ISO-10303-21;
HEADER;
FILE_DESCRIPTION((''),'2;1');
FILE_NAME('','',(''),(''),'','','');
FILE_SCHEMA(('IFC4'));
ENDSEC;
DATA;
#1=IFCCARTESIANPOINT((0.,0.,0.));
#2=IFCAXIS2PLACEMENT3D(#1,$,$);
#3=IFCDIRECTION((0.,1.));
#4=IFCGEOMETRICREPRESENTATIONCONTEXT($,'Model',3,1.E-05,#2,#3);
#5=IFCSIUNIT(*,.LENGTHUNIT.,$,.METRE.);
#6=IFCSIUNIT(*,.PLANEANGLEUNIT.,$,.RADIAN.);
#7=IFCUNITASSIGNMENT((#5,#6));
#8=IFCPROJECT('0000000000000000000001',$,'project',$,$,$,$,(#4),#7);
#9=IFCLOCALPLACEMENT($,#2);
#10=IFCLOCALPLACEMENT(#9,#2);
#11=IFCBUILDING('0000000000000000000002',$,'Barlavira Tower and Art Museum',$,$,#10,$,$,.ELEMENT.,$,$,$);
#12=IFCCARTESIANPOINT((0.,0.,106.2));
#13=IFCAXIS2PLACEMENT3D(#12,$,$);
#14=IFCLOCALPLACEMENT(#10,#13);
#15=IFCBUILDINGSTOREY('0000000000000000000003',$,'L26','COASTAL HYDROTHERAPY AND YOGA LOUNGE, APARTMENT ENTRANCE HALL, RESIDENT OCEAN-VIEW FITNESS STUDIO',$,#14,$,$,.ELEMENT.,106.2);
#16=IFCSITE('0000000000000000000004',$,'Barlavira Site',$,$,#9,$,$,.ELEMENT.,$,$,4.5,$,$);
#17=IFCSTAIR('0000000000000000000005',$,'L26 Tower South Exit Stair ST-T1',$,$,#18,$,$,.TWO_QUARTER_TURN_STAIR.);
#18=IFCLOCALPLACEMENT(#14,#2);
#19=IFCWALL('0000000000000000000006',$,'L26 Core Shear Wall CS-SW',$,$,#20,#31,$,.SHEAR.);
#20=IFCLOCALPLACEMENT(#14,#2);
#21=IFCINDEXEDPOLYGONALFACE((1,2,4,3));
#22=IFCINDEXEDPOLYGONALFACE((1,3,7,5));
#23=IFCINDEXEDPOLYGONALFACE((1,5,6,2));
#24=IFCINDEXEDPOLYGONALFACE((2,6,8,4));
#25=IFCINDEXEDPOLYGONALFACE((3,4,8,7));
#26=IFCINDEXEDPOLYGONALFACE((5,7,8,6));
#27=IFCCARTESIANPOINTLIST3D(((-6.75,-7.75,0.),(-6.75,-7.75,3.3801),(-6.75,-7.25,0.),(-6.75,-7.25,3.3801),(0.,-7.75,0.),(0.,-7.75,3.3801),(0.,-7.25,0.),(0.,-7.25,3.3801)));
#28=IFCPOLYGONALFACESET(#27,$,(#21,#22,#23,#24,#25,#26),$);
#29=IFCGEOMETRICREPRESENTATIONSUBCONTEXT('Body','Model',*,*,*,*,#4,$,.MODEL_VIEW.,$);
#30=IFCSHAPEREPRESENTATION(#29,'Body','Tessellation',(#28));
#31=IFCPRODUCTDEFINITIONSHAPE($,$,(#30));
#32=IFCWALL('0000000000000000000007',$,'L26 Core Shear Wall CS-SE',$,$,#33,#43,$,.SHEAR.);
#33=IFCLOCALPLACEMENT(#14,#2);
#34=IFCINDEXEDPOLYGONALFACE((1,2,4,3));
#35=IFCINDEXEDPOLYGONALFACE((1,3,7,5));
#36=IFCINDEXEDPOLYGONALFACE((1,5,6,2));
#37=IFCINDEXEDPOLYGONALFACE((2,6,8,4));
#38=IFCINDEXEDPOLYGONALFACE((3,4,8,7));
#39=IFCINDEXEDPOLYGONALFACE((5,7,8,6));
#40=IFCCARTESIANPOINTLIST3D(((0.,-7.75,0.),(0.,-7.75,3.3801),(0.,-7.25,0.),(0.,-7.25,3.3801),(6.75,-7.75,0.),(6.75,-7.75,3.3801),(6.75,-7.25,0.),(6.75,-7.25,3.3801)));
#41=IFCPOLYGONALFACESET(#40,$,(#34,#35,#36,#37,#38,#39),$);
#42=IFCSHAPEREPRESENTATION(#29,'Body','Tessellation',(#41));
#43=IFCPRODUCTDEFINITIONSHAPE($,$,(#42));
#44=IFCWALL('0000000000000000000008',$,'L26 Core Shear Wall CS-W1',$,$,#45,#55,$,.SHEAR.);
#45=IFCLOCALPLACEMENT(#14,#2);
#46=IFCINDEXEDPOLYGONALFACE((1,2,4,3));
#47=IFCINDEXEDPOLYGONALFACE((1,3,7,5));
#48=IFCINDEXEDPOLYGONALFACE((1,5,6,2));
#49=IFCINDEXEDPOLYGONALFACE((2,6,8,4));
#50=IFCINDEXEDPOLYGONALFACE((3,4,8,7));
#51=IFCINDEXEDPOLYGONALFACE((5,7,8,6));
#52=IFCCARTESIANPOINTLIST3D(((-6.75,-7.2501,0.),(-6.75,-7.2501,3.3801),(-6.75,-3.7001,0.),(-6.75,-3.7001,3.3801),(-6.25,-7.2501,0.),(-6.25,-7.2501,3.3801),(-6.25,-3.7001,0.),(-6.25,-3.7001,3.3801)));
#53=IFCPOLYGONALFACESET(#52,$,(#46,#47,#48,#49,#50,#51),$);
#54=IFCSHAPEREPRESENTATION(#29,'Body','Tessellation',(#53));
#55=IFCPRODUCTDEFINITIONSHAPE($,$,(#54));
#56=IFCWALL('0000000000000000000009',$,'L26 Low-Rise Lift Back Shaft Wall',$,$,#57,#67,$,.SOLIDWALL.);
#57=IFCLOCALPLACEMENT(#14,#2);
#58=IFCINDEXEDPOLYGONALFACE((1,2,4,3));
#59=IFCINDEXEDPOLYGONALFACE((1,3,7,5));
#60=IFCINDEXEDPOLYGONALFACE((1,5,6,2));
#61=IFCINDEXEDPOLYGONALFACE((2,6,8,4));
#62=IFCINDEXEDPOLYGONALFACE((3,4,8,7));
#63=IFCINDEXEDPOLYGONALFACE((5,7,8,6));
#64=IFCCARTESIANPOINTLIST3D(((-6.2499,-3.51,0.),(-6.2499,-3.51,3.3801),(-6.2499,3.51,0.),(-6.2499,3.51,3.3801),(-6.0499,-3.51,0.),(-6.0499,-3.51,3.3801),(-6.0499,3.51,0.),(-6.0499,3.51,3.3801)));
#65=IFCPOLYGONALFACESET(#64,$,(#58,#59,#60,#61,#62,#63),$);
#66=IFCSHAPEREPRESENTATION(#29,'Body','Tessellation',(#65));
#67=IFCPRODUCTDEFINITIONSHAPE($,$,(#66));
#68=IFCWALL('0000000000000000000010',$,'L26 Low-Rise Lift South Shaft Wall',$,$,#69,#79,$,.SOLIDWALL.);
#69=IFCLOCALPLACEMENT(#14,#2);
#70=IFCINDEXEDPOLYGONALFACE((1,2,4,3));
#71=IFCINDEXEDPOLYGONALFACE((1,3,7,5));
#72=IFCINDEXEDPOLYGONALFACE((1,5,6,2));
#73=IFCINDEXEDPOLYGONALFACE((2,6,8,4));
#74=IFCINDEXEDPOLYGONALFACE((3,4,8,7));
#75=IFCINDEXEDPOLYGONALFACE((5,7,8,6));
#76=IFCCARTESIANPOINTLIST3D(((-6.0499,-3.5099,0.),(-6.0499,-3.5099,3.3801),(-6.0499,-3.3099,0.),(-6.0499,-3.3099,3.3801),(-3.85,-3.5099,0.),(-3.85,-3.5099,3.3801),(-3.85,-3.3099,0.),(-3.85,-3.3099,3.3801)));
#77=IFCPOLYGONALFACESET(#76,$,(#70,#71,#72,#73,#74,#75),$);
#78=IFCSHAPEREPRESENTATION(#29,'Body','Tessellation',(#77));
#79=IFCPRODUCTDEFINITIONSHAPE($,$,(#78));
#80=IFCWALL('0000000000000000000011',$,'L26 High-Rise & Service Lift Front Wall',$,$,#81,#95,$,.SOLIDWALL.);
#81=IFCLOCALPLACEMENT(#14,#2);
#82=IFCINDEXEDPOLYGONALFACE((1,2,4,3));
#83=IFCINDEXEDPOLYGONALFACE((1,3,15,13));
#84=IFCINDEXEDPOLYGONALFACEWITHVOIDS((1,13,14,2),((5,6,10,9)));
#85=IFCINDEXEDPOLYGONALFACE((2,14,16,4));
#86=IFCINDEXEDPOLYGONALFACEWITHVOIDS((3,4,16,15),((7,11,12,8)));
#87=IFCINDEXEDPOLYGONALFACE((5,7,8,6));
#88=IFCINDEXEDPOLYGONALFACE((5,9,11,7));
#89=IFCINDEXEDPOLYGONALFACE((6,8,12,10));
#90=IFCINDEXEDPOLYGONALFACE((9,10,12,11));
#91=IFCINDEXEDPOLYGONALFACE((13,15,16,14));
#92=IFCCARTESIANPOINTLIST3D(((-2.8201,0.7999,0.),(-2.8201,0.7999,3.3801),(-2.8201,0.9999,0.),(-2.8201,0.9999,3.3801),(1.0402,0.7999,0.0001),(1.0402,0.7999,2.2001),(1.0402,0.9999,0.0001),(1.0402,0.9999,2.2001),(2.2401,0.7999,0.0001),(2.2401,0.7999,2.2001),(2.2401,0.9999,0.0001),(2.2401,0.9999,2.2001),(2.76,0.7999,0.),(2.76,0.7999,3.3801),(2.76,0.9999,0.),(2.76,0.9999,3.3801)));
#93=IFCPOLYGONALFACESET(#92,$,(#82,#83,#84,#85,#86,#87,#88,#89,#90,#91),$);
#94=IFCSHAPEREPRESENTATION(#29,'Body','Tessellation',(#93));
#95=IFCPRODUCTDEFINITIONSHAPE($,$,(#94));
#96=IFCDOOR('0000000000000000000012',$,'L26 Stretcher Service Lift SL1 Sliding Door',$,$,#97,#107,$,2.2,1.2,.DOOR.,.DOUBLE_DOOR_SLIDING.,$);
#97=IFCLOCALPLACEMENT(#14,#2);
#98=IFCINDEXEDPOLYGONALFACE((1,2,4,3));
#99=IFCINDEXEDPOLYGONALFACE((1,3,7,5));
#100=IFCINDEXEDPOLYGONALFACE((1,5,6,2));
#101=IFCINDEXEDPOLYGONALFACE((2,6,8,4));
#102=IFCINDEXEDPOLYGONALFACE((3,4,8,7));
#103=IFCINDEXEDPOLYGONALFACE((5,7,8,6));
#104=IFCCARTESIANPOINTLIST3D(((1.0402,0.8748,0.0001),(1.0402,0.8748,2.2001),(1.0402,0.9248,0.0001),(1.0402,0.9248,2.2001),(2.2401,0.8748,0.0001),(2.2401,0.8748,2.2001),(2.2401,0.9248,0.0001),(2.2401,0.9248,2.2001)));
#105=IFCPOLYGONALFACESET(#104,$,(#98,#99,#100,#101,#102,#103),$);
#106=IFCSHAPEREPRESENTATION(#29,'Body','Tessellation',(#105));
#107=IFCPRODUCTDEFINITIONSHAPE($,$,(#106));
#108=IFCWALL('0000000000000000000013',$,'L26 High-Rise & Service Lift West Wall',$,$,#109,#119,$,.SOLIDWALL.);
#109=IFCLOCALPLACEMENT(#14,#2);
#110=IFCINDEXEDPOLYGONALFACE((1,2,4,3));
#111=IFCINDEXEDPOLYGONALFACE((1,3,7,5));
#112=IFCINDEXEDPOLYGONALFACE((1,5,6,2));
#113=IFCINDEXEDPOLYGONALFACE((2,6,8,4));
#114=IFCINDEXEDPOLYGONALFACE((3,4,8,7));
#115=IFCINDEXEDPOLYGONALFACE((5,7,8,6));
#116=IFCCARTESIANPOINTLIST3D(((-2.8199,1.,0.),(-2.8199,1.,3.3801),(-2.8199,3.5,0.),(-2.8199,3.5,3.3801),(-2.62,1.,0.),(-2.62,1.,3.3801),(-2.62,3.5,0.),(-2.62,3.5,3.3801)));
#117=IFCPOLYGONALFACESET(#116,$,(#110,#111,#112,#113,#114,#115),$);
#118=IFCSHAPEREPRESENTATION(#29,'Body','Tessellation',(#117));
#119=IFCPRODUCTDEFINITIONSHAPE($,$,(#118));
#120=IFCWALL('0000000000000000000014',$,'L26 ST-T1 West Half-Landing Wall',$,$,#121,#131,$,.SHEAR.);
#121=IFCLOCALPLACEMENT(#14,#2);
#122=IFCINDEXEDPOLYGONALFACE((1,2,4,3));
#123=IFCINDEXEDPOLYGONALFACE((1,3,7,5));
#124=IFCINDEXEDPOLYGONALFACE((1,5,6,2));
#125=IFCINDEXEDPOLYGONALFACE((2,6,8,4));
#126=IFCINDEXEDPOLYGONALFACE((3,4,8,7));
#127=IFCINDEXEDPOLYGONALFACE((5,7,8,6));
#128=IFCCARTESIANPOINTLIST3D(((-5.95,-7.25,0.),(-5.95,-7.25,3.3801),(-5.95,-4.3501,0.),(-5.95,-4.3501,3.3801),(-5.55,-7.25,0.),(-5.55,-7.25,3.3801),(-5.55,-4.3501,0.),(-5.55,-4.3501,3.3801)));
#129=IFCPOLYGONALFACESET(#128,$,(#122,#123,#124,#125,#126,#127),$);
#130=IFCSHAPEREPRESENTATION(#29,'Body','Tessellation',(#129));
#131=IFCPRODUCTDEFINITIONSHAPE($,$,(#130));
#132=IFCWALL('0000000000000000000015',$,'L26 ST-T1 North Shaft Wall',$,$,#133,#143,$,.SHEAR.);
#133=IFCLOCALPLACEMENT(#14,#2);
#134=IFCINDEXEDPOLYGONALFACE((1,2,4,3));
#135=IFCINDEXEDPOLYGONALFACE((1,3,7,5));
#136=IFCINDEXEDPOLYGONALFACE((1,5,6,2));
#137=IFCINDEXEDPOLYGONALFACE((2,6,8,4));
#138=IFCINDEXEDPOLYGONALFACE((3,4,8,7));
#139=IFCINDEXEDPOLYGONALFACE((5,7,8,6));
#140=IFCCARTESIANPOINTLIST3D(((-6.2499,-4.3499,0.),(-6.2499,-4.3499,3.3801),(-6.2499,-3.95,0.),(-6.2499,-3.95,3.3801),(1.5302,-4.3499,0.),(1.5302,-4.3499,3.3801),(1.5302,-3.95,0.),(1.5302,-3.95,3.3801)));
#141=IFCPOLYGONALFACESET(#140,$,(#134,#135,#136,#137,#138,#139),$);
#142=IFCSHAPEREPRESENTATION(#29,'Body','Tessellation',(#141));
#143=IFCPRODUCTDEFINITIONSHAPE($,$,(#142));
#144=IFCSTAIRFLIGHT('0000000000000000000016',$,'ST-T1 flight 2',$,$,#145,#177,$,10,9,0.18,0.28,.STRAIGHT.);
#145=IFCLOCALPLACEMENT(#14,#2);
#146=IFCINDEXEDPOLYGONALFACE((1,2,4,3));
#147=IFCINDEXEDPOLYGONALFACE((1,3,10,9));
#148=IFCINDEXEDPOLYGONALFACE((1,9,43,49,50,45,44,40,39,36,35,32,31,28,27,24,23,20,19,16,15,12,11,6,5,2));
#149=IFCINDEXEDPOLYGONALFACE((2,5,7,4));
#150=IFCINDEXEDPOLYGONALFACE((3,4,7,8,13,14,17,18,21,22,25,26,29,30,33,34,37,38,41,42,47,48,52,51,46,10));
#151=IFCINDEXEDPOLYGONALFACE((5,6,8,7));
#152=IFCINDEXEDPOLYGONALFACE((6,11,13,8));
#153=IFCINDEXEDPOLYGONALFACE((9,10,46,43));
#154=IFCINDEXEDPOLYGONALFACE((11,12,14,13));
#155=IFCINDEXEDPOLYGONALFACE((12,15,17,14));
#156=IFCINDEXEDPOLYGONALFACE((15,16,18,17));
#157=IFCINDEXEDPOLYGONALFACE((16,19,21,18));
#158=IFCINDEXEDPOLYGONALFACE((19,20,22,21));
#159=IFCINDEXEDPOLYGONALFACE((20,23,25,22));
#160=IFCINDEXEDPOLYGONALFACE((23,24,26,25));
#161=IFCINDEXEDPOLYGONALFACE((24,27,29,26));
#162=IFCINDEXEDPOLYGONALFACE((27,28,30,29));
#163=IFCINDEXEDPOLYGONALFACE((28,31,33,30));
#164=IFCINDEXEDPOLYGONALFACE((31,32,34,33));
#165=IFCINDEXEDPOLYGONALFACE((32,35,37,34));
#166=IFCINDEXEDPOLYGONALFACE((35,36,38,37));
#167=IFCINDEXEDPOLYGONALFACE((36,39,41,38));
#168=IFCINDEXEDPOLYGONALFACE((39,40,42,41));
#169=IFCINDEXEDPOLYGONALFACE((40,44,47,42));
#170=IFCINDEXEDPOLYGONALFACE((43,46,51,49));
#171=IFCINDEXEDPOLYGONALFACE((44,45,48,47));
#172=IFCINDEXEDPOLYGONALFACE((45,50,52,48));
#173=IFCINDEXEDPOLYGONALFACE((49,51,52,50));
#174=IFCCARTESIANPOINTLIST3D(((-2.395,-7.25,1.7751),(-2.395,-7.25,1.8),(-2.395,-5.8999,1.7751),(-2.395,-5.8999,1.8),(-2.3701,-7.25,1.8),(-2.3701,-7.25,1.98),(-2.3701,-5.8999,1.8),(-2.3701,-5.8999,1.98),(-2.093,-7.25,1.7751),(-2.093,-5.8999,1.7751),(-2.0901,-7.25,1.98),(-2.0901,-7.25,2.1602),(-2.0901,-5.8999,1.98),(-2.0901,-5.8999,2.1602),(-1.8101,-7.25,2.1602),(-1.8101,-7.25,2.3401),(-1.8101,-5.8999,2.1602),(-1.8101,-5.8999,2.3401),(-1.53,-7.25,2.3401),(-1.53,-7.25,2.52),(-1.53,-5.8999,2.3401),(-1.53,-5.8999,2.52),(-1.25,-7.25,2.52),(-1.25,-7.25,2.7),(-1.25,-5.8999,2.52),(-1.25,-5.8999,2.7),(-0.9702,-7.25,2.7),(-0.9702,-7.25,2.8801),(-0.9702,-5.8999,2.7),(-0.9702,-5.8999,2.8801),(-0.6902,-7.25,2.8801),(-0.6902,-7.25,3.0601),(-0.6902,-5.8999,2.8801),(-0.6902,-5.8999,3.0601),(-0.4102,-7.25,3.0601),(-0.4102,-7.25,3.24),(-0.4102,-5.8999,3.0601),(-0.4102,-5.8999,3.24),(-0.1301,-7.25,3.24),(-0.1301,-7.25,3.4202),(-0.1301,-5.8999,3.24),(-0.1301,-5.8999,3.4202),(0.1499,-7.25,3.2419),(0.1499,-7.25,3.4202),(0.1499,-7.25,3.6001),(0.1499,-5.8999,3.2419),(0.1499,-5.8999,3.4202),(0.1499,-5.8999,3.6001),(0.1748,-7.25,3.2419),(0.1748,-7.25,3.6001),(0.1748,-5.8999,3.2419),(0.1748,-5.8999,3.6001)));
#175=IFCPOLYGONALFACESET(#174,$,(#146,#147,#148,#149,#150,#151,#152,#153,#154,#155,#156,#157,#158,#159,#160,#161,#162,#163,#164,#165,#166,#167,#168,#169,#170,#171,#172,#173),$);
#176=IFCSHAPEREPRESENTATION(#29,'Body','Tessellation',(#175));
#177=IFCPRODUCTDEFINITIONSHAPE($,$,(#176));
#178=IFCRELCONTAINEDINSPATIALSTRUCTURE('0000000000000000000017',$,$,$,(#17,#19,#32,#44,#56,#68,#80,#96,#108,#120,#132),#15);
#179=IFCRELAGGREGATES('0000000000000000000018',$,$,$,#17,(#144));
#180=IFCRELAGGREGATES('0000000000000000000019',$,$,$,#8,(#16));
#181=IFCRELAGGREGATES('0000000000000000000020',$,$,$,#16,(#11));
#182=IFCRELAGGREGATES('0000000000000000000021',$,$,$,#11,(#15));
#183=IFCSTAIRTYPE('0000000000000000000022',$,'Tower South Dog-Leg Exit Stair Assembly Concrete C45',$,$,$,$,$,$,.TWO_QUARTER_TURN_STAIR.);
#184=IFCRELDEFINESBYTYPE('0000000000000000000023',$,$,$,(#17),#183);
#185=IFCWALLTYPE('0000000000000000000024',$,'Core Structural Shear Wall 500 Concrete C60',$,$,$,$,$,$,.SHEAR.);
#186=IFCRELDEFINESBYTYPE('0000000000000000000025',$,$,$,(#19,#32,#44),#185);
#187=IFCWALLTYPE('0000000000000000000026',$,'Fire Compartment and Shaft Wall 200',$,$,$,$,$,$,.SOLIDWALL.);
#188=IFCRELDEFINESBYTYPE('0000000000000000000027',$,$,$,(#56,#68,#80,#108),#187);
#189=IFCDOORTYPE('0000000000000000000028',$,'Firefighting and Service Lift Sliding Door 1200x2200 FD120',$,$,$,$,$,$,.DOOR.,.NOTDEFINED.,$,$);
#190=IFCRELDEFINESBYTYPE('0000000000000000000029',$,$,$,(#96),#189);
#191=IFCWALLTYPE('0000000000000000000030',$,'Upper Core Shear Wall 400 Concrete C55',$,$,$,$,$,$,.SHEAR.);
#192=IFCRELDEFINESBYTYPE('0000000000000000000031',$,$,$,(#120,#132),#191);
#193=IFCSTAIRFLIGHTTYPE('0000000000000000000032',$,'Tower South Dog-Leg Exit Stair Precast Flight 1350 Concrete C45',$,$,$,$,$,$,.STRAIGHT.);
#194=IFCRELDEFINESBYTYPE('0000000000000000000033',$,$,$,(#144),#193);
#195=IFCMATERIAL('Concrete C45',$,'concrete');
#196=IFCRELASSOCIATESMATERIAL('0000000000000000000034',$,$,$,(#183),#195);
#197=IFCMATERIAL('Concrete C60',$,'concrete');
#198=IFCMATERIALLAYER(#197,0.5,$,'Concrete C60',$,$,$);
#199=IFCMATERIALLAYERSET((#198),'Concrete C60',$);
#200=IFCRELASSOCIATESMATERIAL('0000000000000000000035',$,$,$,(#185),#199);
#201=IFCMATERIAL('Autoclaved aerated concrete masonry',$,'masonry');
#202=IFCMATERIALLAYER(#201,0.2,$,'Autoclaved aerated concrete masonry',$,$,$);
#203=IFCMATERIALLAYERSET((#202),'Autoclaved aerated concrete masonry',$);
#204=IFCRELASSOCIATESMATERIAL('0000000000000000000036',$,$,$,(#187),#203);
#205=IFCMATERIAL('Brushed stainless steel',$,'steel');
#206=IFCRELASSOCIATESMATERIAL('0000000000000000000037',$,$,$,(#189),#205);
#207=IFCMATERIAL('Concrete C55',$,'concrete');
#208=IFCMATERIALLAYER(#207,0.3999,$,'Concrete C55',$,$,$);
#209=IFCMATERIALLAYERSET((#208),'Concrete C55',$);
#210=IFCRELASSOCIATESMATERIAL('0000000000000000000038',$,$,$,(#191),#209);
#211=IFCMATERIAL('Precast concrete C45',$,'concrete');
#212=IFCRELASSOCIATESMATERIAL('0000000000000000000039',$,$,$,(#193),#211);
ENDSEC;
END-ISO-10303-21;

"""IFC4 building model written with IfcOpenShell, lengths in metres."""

from ifc_helpers import new_model, si_unit, direction, frame, frame_2d, origin, place, context, subcontext, project, spatial, polyline, rectangle, outline, extrude, material, layer, layer_set, type_object, element, fill, aggregate, save


model = new_model("IFC4")

# Units and contexts
model_context = context("Model", 3, precision=1e-05, world=origin(), true_north=direction((0.0, 1.0)))
body_context = subcontext(model_context, "Body", "Model", "MODEL_VIEW")
ifc_project = project(units=[si_unit("LENGTHUNIT", "METRE"), si_unit("PLANEANGLEUNIT", "RADIAN")], contexts=[model_context])

# Site, building, storey
site_placement = place(None, origin())
site = spatial("IfcSite", under=ifc_project, at=site_placement, Name="Barlavira Site", CompositionType="ELEMENT", RefElevation=4.5)
building_placement = place(site_placement, origin())
building = spatial("IfcBuilding", under=site, at=building_placement, Name="Barlavira Tower and Art Museum", CompositionType="ELEMENT")
storey_placement = place(building_placement, frame((0.0, 0.0, 106.2)))
storey = spatial("IfcBuildingStorey", under=building, at=storey_placement, Name="L26", Description="COASTAL HYDROTHERAPY AND YOGA LOUNGE, APARTMENT ENTRANCE HALL, RESIDENT OCEAN-VIEW FITNESS STUDIO", CompositionType="ELEMENT", Elevation=106.2)

# Stair
ifc_material_1 = material(Name="Concrete C45", Category="concrete")
stair_type_1 = type_object("IfcStairType", Name="Tower South Dog-Leg Exit Stair Assembly Concrete C45", PredefinedType="TWO_QUARTER_TURN_STAIR", material=ifc_material_1)
stair_1_placement = place(storey_placement, origin())
stair_1 = element("IfcStair", 1, at=stair_1_placement, inside=storey, type_object=stair_type_1, Name="L26 Tower South Exit Stair ST-T1", PredefinedType="TWO_QUARTER_TURN_STAIR")

# Walls
ifc_material_2 = material(Name="Concrete C60", Category="concrete")
ifc_layer_1 = layer(ifc_material_2, 0.5, Name="Concrete C60")
ifc_layer_set_1 = layer_set([ifc_layer_1], Name="Concrete C60")
wall_type_1 = type_object("IfcWallType", Name="Core Structural Shear Wall 500 Concrete C60", PredefinedType="SHEAR", material=ifc_layer_set_1)
for number, where, z_axis, x_axis, name in (
    (2, (-6.75, -7.5, 0.0), (0.0, 0.0, 1.0), (1.0, 0.0, 0.0), "L26 Core Shear Wall CS-SW"),
    (3, (0.0, -7.5, 0.0), (0.0, 0.0, 1.0), (1.0, 0.0, 0.0), "L26 Core Shear Wall CS-SE"),
):
    element("IfcWall", number, at=place(storey_placement, frame(where, z_axis=z_axis, x_axis=x_axis)), inside=storey, type_object=wall_type_1, Name=name, PredefinedType="SHEAR", context=body_context, shape_type="SweptSolid", body=[
        extrude(rectangle(XDim=6.75, YDim=0.5, at=frame_2d((3.375, 0.0))), origin(), (0.0, 0.0, 1.0), 3.3801),
    ])
wall_1_placement = place(storey_placement, frame((-6.5, -7.25, 0.0), z_axis=(0.0, 0.0, 1.0), x_axis=(0.0, 1.0, 0.0)))
element("IfcWall", 4, at=wall_1_placement, inside=storey, type_object=wall_type_1, Name="L26 Core Shear Wall CS-W1", PredefinedType="SHEAR", context=body_context, shape_type="SweptSolid", body=[
    extrude(rectangle(XDim=3.55, YDim=0.5, at=frame_2d((1.7749, 0.0))), origin(), (0.0, 0.0, 1.0), 3.3801),
])

# Shared definitions
ifc_material_3 = material(Name="Autoclaved aerated concrete masonry", Category="masonry")
ifc_layer_2 = layer(ifc_material_3, 0.2, Name="Autoclaved aerated concrete masonry")
ifc_layer_set_2 = layer_set([ifc_layer_2], Name="Autoclaved aerated concrete masonry")
wall_type_2 = type_object("IfcWallType", Name="Fire Compartment and Shaft Wall 200", PredefinedType="SOLIDWALL", material=ifc_layer_set_2)
ifc_material_4 = material(Name="Brushed stainless steel", Category="steel")

# Walls
wall_2_placement = place(storey_placement, frame((-6.1499, -3.51, 0.0), z_axis=(0.0, 0.0, 1.0), x_axis=(0.0, 1.0, 0.0)))
element("IfcWall", 5, at=wall_2_placement, inside=storey, type_object=wall_type_2, Name="L26 Low-Rise Lift Back Shaft Wall", PredefinedType="SOLIDWALL", context=body_context, shape_type="SweptSolid", body=[
    extrude(rectangle(XDim=7.02, YDim=0.2, at=frame_2d((3.51, 0.0))), origin(), (0.0, 0.0, 1.0), 3.3801),
])
wall_3_placement = place(storey_placement, frame((-6.05, -3.4099, 0.0), z_axis=(0.0, 0.0, 1.0), x_axis=(1.0, 0.0, 0.0)))
element("IfcWall", 6, at=wall_3_placement, inside=storey, type_object=wall_type_2, Name="L26 Low-Rise Lift South Shaft Wall", PredefinedType="SOLIDWALL", context=body_context, shape_type="SweptSolid", body=[
    extrude(rectangle(XDim=2.2, YDim=0.2, at=frame_2d((1.1001, 0.0))), origin(), (0.0, 0.0, 1.0), 3.3801),
])

# Wall, opening, door
wall_4_placement = place(storey_placement, frame((-2.8201, 0.8999, 0.0), z_axis=(0.0, 0.0, 1.0), x_axis=(1.0, 0.0, 0.0)))
wall_4 = element("IfcWall", 7, at=wall_4_placement, inside=storey, type_object=wall_type_2, Name="L26 High-Rise & Service Lift Front Wall", PredefinedType="SOLIDWALL", context=body_context, shape_type="SweptSolid", body=[
    extrude(rectangle(XDim=5.5801, YDim=0.2, at=frame_2d((2.79, 0.0))), origin(), (0.0, 0.0, 1.0), 3.3801),
])
opening_1_placement = place(wall_4_placement, frame((3.8601, 0.0, 0.0)))
opening_1 = element("IfcOpeningElement", 8, at=opening_1_placement, cuts=wall_4, PredefinedType="OPENING", context=body_context, shape_type="SweptSolid", body=[
    extrude(rectangle(XDim=1.2, YDim=2.2, at=frame_2d((0.6001, 1.1001))), frame((0.0, 0.1099, 0.0), z_axis=(0.0, -1.0, 0.0), x_axis=(1.0, 0.0, 0.0)), (0.0, 0.0, 1.0), 0.22),
])
door_type_1 = type_object("IfcDoorType", Name="Firefighting and Service Lift Sliding Door 1200x2200 FD120", OperationType="NOTDEFINED", PredefinedType="DOOR", material=ifc_material_4)
door_1_placement = place(opening_1_placement, origin())
door_1 = element("IfcDoor", 9, at=door_1_placement, inside=storey, type_object=door_type_1, Name="L26 Stretcher Service Lift SL1 Sliding Door", OperationType="DOUBLE_DOOR_SLIDING", OverallHeight=2.2, OverallWidth=1.2, PredefinedType="DOOR", context=body_context, shape_type="SweptSolid", body=[
    extrude(rectangle(XDim=1.2, YDim=2.2, at=frame_2d((0.6001, 1.1001))), frame((0.0, 0.0249, 0.0), z_axis=(0.0, -1.0, 0.0), x_axis=(1.0, 0.0, 0.0)), (0.0, 0.0, 1.0), 0.05),
])
fill(opening_1, door_1)

# Walls
wall_5_placement = place(storey_placement, frame((-2.72, 1.0, 0.0), z_axis=(0.0, 0.0, 1.0), x_axis=(0.0, 1.0, 0.0)))
element("IfcWall", 10, at=wall_5_placement, inside=storey, type_object=wall_type_2, Name="L26 High-Rise & Service Lift West Wall", PredefinedType="SOLIDWALL", context=body_context, shape_type="SweptSolid", body=[
    extrude(rectangle(XDim=2.5, YDim=0.2, at=frame_2d((1.25, 0.0))), origin(), (0.0, 0.0, 1.0), 3.3801),
])
ifc_material_5 = material(Name="Concrete C55", Category="concrete")
ifc_layer_3 = layer(ifc_material_5, 0.3999, Name="Concrete C55")
ifc_layer_set_3 = layer_set([ifc_layer_3], Name="Concrete C55")
wall_type_3 = type_object("IfcWallType", Name="Upper Core Shear Wall 400 Concrete C55", PredefinedType="SHEAR", material=ifc_layer_set_3)
wall_6_placement = place(storey_placement, frame((-5.75, -7.25, 0.0), z_axis=(0.0, 0.0, 1.0), x_axis=(0.0, 1.0, 0.0)))
element("IfcWall", 11, at=wall_6_placement, inside=storey, type_object=wall_type_3, Name="L26 ST-T1 West Half-Landing Wall", PredefinedType="SHEAR", context=body_context, shape_type="SweptSolid", body=[
    extrude(rectangle(XDim=2.8999, YDim=0.3999, at=frame_2d((1.45, 0.0))), origin(), (0.0, 0.0, 1.0), 3.3801),
])
wall_7_placement = place(storey_placement, frame((-6.25, -4.1499, 0.0), z_axis=(0.0, 0.0, 1.0), x_axis=(1.0, 0.0, 0.0)))
element("IfcWall", 12, at=wall_7_placement, inside=storey, type_object=wall_type_3, Name="L26 ST-T1 North Shaft Wall", PredefinedType="SHEAR", context=body_context, shape_type="SweptSolid", body=[
    extrude(rectangle(XDim=7.78, YDim=0.3999, at=frame_2d((3.8901, 0.0))), origin(), (0.0, 0.0, 1.0), 3.3801),
])

# Stair flight
ifc_material_6 = material(Name="Precast concrete C45", Category="concrete")
stair_flight_type = type_object("IfcStairFlightType", Name="Tower South Dog-Leg Exit Stair Precast Flight 1350 Concrete C45", PredefinedType="STRAIGHT", material=ifc_material_6)
stair_flight_placement = place(storey_placement, frame((-2.3701, -6.575, 1.8), z_axis=(0.0, 0.0, 1.0), x_axis=(1.0, 0.0, 0.0)))
stair_flight = element("IfcStairFlight", 13, at=stair_flight_placement, type_object=stair_flight_type, Name="ST-T1 flight 2", NumberOfRisers=10, NumberOfTreads=9, PredefinedType="STRAIGHT", RiserHeight=0.18, TreadLength=0.28, context=body_context, shape_type="SweptSolid", body=[
    extrude(outline(polyline([(-0.0249, 0.0), (0.0, 0.0), (0.0, 0.1799), (0.28, 0.1799), (0.28, 0.3601), (0.5601, 0.3601), (0.5601, 0.54), (0.8401, 0.54), (0.8401, 0.72), (1.1201, 0.72), (1.1201, 0.8999), (1.3999, 0.8999), (1.3999, 1.0801), (1.6799, 1.0801), (1.6799, 1.26), (1.96, 1.26), (1.96, 1.4399), (2.24, 1.4399), (2.24, 1.6201), (2.52, 1.6201), (2.52, 1.8), (2.5449, 1.8), (2.5449, 1.4419), (2.52, 1.4419), (0.2771, -0.0249), (-0.0249, -0.0249), (-0.0249, 0.0)])), frame((0.0, 0.675, 0.0), z_axis=(0.0, -1.0, 0.0), x_axis=(1.0, 0.0, 0.0)), (0.0, 0.0, 1.0), 1.3501),
])
aggregate(stair_1, [stair_flight])

save(model, "model.ifc")
